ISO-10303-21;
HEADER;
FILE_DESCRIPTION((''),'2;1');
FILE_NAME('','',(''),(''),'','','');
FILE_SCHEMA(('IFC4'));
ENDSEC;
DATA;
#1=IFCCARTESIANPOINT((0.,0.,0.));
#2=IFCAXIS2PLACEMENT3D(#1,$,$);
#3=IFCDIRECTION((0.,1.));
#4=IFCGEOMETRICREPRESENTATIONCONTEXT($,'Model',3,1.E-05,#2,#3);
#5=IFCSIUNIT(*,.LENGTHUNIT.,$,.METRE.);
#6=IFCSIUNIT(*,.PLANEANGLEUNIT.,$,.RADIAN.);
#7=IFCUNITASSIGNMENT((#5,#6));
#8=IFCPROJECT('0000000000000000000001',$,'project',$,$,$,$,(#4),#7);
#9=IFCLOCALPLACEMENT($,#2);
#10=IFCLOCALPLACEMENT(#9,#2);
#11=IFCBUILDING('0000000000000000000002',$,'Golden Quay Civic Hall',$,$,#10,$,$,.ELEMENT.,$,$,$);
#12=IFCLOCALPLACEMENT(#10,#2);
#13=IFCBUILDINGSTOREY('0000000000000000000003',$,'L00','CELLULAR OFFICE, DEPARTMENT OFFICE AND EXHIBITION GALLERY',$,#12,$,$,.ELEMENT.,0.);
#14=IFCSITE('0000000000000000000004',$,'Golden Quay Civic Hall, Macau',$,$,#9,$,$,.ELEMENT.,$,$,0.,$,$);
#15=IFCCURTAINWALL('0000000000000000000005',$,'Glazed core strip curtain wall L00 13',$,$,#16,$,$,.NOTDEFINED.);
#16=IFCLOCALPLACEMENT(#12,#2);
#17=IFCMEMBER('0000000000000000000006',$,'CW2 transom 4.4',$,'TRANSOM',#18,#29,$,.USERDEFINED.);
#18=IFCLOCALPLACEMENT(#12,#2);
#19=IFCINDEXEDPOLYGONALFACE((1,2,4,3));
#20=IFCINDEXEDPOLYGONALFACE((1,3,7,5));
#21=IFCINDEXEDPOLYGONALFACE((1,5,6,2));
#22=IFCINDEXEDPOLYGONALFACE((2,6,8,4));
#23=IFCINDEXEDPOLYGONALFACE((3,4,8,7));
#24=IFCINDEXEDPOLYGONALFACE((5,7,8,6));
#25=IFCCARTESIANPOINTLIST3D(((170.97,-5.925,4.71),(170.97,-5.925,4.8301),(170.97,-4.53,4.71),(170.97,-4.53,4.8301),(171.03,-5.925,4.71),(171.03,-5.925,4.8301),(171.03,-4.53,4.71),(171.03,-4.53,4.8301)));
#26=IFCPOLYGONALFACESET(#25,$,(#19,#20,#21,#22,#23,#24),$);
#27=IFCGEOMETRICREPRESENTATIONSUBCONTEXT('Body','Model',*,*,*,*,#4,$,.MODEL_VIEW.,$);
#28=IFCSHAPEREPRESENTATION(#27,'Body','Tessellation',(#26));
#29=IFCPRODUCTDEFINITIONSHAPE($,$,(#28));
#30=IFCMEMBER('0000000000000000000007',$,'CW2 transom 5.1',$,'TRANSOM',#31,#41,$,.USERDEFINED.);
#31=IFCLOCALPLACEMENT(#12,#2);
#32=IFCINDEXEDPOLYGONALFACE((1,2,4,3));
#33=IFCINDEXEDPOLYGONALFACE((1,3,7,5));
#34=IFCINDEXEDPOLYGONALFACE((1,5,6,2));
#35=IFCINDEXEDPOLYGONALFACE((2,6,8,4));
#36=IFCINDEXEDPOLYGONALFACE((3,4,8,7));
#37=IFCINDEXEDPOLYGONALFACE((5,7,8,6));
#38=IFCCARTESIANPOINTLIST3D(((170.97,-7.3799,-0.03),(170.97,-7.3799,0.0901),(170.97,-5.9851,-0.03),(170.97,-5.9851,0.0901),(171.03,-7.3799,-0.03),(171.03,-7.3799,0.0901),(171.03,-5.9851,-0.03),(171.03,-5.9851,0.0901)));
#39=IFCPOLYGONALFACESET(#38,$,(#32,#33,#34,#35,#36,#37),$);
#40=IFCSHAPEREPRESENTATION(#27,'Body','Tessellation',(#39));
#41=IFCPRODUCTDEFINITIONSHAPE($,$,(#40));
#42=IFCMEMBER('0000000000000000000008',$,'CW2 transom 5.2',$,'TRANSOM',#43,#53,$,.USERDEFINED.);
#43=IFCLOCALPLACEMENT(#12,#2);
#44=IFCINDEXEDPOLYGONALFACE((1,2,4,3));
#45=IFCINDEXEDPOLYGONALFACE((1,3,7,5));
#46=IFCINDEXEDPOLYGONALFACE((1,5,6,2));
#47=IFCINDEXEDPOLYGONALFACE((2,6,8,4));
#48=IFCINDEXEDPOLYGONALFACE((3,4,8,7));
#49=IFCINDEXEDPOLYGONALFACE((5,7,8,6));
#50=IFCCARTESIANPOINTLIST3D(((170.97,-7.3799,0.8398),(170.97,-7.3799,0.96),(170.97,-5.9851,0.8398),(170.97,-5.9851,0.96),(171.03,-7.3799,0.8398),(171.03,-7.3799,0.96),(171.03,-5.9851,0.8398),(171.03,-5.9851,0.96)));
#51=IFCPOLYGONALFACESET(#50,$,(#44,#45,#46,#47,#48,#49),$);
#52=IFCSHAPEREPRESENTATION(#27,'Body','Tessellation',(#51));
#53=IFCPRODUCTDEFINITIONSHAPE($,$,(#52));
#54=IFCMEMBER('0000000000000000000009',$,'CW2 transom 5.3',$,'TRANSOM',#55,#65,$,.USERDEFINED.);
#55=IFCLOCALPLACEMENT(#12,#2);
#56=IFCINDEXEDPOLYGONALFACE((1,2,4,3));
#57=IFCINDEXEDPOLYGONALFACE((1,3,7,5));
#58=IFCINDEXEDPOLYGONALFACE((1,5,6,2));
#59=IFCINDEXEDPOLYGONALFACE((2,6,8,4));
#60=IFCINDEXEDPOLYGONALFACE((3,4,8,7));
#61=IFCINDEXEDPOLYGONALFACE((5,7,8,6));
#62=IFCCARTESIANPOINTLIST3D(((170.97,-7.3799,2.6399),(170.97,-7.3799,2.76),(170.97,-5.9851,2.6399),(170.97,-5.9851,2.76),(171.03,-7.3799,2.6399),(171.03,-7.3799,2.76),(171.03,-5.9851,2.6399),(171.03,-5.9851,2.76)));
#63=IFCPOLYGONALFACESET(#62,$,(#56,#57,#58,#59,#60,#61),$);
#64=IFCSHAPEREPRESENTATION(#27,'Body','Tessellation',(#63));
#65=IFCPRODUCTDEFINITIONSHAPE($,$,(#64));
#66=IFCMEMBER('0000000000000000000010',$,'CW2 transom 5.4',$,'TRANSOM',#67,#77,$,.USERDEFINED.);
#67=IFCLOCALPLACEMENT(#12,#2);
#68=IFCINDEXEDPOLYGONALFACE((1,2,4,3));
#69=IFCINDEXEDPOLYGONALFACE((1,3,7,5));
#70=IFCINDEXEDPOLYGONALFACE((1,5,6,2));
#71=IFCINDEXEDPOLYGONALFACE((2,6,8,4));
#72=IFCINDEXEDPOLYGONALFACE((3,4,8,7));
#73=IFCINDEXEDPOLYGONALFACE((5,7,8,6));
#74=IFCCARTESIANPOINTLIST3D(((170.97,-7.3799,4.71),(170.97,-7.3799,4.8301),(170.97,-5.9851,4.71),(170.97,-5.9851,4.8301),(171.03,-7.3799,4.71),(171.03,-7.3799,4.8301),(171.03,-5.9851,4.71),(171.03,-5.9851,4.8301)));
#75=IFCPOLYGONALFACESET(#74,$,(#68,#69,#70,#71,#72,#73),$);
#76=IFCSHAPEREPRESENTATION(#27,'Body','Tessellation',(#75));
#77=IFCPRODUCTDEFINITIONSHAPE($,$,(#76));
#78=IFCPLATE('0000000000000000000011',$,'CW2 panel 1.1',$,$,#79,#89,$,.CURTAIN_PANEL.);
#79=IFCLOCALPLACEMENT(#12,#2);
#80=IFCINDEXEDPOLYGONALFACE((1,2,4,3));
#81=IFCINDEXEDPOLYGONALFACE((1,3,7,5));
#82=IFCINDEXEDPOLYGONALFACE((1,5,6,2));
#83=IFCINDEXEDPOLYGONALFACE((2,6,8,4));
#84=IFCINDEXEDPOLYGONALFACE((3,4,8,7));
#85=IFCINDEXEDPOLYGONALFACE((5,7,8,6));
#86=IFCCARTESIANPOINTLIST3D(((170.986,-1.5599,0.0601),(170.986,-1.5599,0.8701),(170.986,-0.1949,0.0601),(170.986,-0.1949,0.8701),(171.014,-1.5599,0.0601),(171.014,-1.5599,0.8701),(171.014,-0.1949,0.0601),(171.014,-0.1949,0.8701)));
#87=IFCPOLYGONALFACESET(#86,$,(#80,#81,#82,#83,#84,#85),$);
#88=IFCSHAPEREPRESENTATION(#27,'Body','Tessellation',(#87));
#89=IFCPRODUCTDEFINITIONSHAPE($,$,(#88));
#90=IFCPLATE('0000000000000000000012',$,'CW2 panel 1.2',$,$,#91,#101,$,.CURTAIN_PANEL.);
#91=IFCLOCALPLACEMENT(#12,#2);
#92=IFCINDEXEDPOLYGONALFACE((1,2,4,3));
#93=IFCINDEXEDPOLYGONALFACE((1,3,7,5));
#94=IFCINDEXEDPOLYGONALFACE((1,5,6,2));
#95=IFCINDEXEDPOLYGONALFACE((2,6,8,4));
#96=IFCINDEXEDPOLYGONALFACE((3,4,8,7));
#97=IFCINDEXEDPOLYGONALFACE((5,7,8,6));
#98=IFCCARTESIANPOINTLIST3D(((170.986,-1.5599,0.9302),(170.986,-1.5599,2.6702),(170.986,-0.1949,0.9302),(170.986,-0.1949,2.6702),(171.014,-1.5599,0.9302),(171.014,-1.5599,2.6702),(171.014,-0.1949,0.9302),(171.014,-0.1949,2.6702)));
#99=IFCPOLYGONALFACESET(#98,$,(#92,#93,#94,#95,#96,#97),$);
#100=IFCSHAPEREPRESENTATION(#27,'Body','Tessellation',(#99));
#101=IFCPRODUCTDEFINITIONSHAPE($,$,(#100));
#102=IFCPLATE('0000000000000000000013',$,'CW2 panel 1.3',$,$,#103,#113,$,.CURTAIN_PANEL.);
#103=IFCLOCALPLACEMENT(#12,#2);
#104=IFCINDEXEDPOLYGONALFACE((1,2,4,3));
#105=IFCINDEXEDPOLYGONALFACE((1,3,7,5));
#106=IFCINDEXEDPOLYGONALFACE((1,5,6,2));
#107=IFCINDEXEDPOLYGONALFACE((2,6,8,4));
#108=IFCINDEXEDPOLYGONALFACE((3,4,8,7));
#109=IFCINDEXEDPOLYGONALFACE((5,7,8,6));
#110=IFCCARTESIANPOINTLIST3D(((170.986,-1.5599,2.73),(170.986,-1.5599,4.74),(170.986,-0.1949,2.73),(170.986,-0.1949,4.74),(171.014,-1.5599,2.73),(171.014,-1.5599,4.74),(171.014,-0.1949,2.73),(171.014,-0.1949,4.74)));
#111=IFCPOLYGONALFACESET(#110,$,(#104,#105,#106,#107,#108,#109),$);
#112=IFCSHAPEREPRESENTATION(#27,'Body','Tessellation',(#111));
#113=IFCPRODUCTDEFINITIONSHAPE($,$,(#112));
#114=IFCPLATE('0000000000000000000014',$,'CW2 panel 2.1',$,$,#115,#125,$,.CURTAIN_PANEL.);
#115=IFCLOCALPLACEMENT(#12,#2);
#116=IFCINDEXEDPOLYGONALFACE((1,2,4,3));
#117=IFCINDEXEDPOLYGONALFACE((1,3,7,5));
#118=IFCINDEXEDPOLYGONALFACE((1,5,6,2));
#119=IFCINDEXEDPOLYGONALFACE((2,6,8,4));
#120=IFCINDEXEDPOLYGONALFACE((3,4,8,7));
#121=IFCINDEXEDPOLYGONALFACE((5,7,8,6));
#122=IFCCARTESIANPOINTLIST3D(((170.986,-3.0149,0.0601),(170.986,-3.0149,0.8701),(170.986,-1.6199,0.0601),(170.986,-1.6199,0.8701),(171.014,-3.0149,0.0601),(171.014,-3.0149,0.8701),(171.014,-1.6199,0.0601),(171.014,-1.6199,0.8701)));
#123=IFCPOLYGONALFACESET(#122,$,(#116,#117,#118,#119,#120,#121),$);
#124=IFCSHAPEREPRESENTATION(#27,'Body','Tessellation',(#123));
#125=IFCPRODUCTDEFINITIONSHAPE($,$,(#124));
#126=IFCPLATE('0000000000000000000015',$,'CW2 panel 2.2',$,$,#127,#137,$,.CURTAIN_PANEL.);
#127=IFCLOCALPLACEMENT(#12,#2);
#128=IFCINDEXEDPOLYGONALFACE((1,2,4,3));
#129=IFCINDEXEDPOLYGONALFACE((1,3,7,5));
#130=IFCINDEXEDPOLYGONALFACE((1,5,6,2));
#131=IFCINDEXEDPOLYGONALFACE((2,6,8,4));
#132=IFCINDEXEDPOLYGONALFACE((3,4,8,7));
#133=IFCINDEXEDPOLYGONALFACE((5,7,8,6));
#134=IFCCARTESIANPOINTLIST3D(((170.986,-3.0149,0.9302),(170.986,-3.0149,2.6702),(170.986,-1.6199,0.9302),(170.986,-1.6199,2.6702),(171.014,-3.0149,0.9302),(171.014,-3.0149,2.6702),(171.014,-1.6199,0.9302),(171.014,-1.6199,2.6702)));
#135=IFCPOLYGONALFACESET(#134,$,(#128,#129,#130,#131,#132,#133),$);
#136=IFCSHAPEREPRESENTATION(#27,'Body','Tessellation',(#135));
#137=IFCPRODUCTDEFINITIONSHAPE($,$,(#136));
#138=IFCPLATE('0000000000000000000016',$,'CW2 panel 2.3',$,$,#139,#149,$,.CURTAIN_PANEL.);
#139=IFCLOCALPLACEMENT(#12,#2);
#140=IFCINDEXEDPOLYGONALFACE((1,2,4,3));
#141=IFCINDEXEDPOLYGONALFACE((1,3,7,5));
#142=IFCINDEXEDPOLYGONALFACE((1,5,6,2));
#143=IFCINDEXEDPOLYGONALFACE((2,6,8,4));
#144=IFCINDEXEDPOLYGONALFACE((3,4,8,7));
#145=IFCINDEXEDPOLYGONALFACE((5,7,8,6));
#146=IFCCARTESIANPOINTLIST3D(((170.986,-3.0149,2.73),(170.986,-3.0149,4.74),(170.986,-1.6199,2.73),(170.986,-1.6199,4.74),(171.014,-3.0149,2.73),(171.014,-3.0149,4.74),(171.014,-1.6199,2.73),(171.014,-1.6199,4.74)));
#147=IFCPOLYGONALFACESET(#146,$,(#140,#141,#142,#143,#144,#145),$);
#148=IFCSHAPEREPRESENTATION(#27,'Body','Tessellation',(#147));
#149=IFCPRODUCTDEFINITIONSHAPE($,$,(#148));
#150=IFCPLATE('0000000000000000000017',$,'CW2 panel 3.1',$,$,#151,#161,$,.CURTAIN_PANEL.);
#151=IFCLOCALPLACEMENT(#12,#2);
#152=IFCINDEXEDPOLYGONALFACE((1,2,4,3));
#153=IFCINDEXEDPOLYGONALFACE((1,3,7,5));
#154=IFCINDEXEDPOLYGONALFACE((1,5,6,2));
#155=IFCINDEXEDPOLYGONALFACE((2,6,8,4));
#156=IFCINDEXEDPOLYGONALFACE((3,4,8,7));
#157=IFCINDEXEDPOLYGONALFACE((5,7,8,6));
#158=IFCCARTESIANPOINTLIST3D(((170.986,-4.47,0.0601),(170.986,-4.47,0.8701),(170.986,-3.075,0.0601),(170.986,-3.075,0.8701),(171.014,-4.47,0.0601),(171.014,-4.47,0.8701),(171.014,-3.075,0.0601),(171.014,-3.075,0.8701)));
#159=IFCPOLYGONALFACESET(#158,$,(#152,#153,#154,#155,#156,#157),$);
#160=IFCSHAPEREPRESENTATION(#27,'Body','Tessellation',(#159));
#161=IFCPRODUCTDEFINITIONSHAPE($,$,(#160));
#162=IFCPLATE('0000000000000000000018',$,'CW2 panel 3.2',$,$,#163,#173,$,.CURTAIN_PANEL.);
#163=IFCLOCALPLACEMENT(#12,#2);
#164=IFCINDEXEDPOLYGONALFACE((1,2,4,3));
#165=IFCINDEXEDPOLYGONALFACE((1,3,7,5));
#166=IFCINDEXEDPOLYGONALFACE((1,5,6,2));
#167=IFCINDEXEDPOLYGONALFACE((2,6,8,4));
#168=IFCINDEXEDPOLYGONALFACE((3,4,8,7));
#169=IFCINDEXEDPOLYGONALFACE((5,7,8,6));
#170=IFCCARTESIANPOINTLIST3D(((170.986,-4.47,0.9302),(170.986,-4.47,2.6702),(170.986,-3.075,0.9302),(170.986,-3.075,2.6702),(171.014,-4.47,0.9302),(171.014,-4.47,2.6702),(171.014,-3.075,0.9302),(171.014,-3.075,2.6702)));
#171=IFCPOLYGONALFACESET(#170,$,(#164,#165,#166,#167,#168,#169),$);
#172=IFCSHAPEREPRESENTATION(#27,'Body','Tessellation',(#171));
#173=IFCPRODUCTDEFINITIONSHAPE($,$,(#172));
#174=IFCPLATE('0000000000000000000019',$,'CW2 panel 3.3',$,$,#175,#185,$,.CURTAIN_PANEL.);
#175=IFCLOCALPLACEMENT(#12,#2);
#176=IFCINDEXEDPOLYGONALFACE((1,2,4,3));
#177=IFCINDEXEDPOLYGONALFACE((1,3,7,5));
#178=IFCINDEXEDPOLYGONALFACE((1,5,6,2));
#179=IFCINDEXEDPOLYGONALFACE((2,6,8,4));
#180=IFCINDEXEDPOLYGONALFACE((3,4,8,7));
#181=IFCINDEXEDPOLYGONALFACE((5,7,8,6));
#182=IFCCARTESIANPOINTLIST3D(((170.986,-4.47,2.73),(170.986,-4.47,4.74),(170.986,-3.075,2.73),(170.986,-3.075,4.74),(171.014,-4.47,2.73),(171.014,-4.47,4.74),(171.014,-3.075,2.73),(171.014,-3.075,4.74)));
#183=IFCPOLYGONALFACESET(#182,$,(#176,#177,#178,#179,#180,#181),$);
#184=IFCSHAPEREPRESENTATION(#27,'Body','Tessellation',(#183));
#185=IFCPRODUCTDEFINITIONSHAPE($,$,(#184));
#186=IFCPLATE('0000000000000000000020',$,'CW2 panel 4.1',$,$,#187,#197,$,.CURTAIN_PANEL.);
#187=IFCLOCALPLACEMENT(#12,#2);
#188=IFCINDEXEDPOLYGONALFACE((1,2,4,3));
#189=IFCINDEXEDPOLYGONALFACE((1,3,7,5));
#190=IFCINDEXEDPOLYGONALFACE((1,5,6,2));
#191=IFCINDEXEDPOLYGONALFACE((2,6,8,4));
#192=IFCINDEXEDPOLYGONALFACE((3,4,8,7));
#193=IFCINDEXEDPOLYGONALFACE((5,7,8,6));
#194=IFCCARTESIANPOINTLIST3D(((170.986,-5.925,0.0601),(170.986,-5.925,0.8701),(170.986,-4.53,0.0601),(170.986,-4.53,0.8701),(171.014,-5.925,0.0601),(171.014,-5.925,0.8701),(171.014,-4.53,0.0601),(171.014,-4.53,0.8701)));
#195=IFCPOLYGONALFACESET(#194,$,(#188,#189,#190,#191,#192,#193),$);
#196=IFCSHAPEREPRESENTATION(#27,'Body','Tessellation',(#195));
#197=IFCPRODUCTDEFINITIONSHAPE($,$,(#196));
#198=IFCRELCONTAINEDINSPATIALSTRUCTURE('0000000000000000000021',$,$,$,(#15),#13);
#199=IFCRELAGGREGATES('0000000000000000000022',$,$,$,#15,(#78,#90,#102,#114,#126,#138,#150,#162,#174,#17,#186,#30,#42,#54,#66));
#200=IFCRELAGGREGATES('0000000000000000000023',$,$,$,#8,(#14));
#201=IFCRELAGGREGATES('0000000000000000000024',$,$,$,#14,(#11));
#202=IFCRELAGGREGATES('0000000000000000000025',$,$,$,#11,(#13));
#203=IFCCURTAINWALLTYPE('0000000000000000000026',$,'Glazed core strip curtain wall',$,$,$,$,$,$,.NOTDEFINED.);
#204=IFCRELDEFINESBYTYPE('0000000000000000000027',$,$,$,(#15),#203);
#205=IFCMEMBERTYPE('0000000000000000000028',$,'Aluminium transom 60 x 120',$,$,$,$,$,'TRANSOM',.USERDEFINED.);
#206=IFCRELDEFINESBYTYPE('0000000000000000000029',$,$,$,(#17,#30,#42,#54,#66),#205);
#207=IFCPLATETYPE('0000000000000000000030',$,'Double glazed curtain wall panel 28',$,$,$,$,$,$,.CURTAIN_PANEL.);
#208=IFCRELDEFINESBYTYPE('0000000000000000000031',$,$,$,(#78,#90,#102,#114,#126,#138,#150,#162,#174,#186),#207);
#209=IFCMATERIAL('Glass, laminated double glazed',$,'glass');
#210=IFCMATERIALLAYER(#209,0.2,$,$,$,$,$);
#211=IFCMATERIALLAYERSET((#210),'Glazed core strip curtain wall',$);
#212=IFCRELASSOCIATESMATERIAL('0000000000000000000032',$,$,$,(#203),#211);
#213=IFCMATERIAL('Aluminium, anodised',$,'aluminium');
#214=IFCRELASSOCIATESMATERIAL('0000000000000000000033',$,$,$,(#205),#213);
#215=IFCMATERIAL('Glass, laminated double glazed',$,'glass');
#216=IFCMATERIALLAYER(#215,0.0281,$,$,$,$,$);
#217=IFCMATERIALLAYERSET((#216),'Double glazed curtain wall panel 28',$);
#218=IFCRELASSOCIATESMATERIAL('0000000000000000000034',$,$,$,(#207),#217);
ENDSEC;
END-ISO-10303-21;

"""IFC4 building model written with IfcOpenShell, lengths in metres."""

from ifc_helpers import new_model, si_unit, direction, frame, origin, origin_2d, place, context, subcontext, project, spatial, rectangle, extrude, material, layer, layer_set, material_profile, profile_set, type_object, element, aggregate, save


model = new_model("IFC4")

# Units and contexts
model_context = context("Model", 3, precision=1e-05, world=origin(), true_north=direction((0.0, 1.0)))
body_context = subcontext(model_context, "Body", "Model", "MODEL_VIEW")
ifc_project = project(units=[si_unit("LENGTHUNIT", "METRE"), si_unit("PLANEANGLEUNIT", "RADIAN")], contexts=[model_context])

# Site, building, storey
site_placement = place(None, origin())
site = spatial("IfcSite", under=ifc_project, at=site_placement, Name="Golden Quay Civic Hall, Macau", CompositionType="ELEMENT", RefElevation=0.0)
building_placement = place(site_placement, origin())
building = spatial("IfcBuilding", under=site, at=building_placement, Name="Golden Quay Civic Hall", CompositionType="ELEMENT")
storey_placement = place(building_placement, origin())
storey = spatial("IfcBuildingStorey", under=building, at=storey_placement, Name="L00", Description="CELLULAR OFFICE, DEPARTMENT OFFICE AND EXHIBITION GALLERY", CompositionType="ELEMENT", Elevation=0.0)

# Curtain wall, members, plates
ifc_material_1 = material(Name="Glass, laminated double glazed", Category="glass")
ifc_layer_1 = layer(ifc_material_1, 0.2)
ifc_layer_set_1 = layer_set([ifc_layer_1], Name="Glazed core strip curtain wall")
curtain_wall_type = type_object("IfcCurtainWallType", Name="Glazed core strip curtain wall", PredefinedType="NOTDEFINED", material=ifc_layer_set_1)
curtain_wall_placement = place(storey_placement, origin())
curtain_wall = element("IfcCurtainWall", 1, at=curtain_wall_placement, inside=storey, type_object=curtain_wall_type, Name="Glazed core strip curtain wall L00 13", PredefinedType="NOTDEFINED")
ifc_material_2 = material(Name="Aluminium, anodised", Category="aluminium")
ifc_material_profile_1 = material_profile(ifc_material_2, rectangle(XDim=0.0601, YDim=0.1201, at=origin_2d()), Name="Aluminium 60 x 120")
ifc_profile_set_1 = profile_set([ifc_material_profile_1], Name="Aluminium, anodised")
member_type_1 = type_object("IfcMemberType", Name="Aluminium transom 60 x 120", ElementType="TRANSOM", PredefinedType="USERDEFINED", material=ifc_profile_set_1)
member_1_placement = place(storey_placement, frame((171.0, -4.53, 4.77), z_axis=(0.0, -1.0, 0.0), x_axis=(1.0, 0.0, 0.0)))
member_1 = element("IfcMember", 2, at=member_1_placement, type_object=member_type_1, Name="CW2 transom 4.4", ObjectType="TRANSOM", PredefinedType="USERDEFINED", context=body_context, shape_type="SweptSolid", body=[
    extrude(rectangle(XDim=0.0601, YDim=0.1201, at=origin_2d()), origin(), (0.0, 0.0, 1.0), 1.395),
])
member_2_placement = place(storey_placement, frame((171.0, -5.9851, 0.03), z_axis=(0.0, -1.0, 0.0), x_axis=(1.0, 0.0, 0.0)))
member_2 = element("IfcMember", 3, at=member_2_placement, type_object=member_type_1, Name="CW2 transom 5.1", ObjectType="TRANSOM", PredefinedType="USERDEFINED", context=body_context, shape_type="SweptSolid", body=[
    extrude(rectangle(XDim=0.0601, YDim=0.1201, at=origin_2d()), origin(), (0.0, 0.0, 1.0), 1.3948),
])
member_3_placement = place(storey_placement, frame((171.0, -5.9851, 0.8999), z_axis=(0.0, -1.0, 0.0), x_axis=(1.0, 0.0, 0.0)))
member_3 = element("IfcMember", 4, at=member_3_placement, type_object=member_type_1, Name="CW2 transom 5.2", ObjectType="TRANSOM", PredefinedType="USERDEFINED", context=body_context, shape_type="SweptSolid", body=[
    extrude(rectangle(XDim=0.0601, YDim=0.1201, at=origin_2d()), origin(), (0.0, 0.0, 1.0), 1.3948),
])
member_4_placement = place(storey_placement, frame((171.0, -5.9851, 2.7), z_axis=(0.0, -1.0, 0.0), x_axis=(1.0, 0.0, 0.0)))
member_4 = element("IfcMember", 5, at=member_4_placement, type_object=member_type_1, Name="CW2 transom 5.3", ObjectType="TRANSOM", PredefinedType="USERDEFINED", context=body_context, shape_type="SweptSolid", body=[
    extrude(rectangle(XDim=0.0601, YDim=0.1201, at=origin_2d()), origin(), (0.0, 0.0, 1.0), 1.3948),
])
member_5_placement = place(storey_placement, frame((171.0, -5.9851, 4.77), z_axis=(0.0, -1.0, 0.0), x_axis=(1.0, 0.0, 0.0)))
member_5 = element("IfcMember", 6, at=member_5_placement, type_object=member_type_1, Name="CW2 transom 5.4", ObjectType="TRANSOM", PredefinedType="USERDEFINED", context=body_context, shape_type="SweptSolid", body=[
    extrude(rectangle(XDim=0.0601, YDim=0.1201, at=origin_2d()), origin(), (0.0, 0.0, 1.0), 1.3948),
])
ifc_material_3 = material(Name="Glass, laminated double glazed", Category="glass")
ifc_layer_2 = layer(ifc_material_3, 0.0281)
ifc_layer_set_2 = layer_set([ifc_layer_2], Name="Double glazed curtain wall panel 28")
plate_type = type_object("IfcPlateType", Name="Double glazed curtain wall panel 28", PredefinedType="CURTAIN_PANEL", material=ifc_layer_set_2)
plate_1_placement = place(storey_placement, frame((171.0, -0.8774, 0.0601), z_axis=(0.0, 0.0, 1.0), x_axis=(0.0, -1.0, 0.0)))
plate_1 = element("IfcPlate", 7, at=plate_1_placement, type_object=plate_type, Name="CW2 panel 1.1", PredefinedType="CURTAIN_PANEL", context=body_context, shape_type="SweptSolid", body=[
    extrude(rectangle(XDim=1.365, YDim=0.0281, at=origin_2d()), origin(), (0.0, 0.0, 1.0), 0.8101),
])
plate_2_placement = place(storey_placement, frame((171.0, -0.8774, 0.9302), z_axis=(0.0, 0.0, 1.0), x_axis=(0.0, -1.0, 0.0)))
plate_2 = element("IfcPlate", 8, at=plate_2_placement, type_object=plate_type, Name="CW2 panel 1.2", PredefinedType="CURTAIN_PANEL", context=body_context, shape_type="SweptSolid", body=[
    extrude(rectangle(XDim=1.365, YDim=0.0281, at=origin_2d()), origin(), (0.0, 0.0, 1.0), 1.74),
])
plate_3_placement = place(storey_placement, frame((171.0, -0.8774, 2.73), z_axis=(0.0, 0.0, 1.0), x_axis=(0.0, -1.0, 0.0)))
plate_3 = element("IfcPlate", 9, at=plate_3_placement, type_object=plate_type, Name="CW2 panel 1.3", PredefinedType="CURTAIN_PANEL", context=body_context, shape_type="SweptSolid", body=[
    extrude(rectangle(XDim=1.365, YDim=0.0281, at=origin_2d()), origin(), (0.0, 0.0, 1.0), 2.01),
])
plate_4_placement = place(storey_placement, frame((171.0, -2.3174, 0.0601), z_axis=(0.0, 0.0, 1.0), x_axis=(0.0, -1.0, 0.0)))
plate_4 = element("IfcPlate", 10, at=plate_4_placement, type_object=plate_type, Name="CW2 panel 2.1", PredefinedType="CURTAIN_PANEL", context=body_context, shape_type="SweptSolid", body=[
    extrude(rectangle(XDim=1.395, YDim=0.0281, at=origin_2d()), origin(), (0.0, 0.0, 1.0), 0.8101),
])
plate_5_placement = place(storey_placement, frame((171.0, -2.3174, 0.9302), z_axis=(0.0, 0.0, 1.0), x_axis=(0.0, -1.0, 0.0)))
plate_5 = element("IfcPlate", 11, at=plate_5_placement, type_object=plate_type, Name="CW2 panel 2.2", PredefinedType="CURTAIN_PANEL", context=body_context, shape_type="SweptSolid", body=[
    extrude(rectangle(XDim=1.395, YDim=0.0281, at=origin_2d()), origin(), (0.0, 0.0, 1.0), 1.74),
])
plate_6_placement = place(storey_placement, frame((171.0, -2.3174, 2.73), z_axis=(0.0, 0.0, 1.0), x_axis=(0.0, -1.0, 0.0)))
plate_6 = element("IfcPlate", 12, at=plate_6_placement, type_object=plate_type, Name="CW2 panel 2.3", PredefinedType="CURTAIN_PANEL", context=body_context, shape_type="SweptSolid", body=[
    extrude(rectangle(XDim=1.395, YDim=0.0281, at=origin_2d()), origin(), (0.0, 0.0, 1.0), 2.01),
])
plate_7_placement = place(storey_placement, frame((171.0, -3.7725, 0.0601), z_axis=(0.0, 0.0, 1.0), x_axis=(0.0, -1.0, 0.0)))
plate_7 = element("IfcPlate", 13, at=plate_7_placement, type_object=plate_type, Name="CW2 panel 3.1", PredefinedType="CURTAIN_PANEL", context=body_context, shape_type="SweptSolid", body=[
    extrude(rectangle(XDim=1.395, YDim=0.0281, at=origin_2d()), origin(), (0.0, 0.0, 1.0), 0.8101),
])
plate_8_placement = place(storey_placement, frame((171.0, -3.7725, 0.9302), z_axis=(0.0, 0.0, 1.0), x_axis=(0.0, -1.0, 0.0)))
plate_8 = element("IfcPlate", 14, at=plate_8_placement, type_object=plate_type, Name="CW2 panel 3.2", PredefinedType="CURTAIN_PANEL", context=body_context, shape_type="SweptSolid", body=[
    extrude(rectangle(XDim=1.395, YDim=0.0281, at=origin_2d()), origin(), (0.0, 0.0, 1.0), 1.74),
])
plate_9_placement = place(storey_placement, frame((171.0, -3.7725, 2.73), z_axis=(0.0, 0.0, 1.0), x_axis=(0.0, -1.0, 0.0)))
plate_9 = element("IfcPlate", 15, at=plate_9_placement, type_object=plate_type, Name="CW2 panel 3.3", PredefinedType="CURTAIN_PANEL", context=body_context, shape_type="SweptSolid", body=[
    extrude(rectangle(XDim=1.395, YDim=0.0281, at=origin_2d()), origin(), (0.0, 0.0, 1.0), 2.01),
])
plate_10_placement = place(storey_placement, frame((171.0, -5.2275, 0.0601), z_axis=(0.0, 0.0, 1.0), x_axis=(0.0, -1.0, 0.0)))
plate_10 = element("IfcPlate", 16, at=plate_10_placement, type_object=plate_type, Name="CW2 panel 4.1", PredefinedType="CURTAIN_PANEL", context=body_context, shape_type="SweptSolid", body=[
    extrude(rectangle(XDim=1.395, YDim=0.0281, at=origin_2d()), origin(), (0.0, 0.0, 1.0), 0.8101),
])
aggregate(curtain_wall, [plate_1, plate_2, plate_3, plate_4, plate_5, plate_6, plate_7, plate_8, plate_9, member_1, plate_10, member_2, member_3, member_4, member_5])

save(model, "model.ifc")
